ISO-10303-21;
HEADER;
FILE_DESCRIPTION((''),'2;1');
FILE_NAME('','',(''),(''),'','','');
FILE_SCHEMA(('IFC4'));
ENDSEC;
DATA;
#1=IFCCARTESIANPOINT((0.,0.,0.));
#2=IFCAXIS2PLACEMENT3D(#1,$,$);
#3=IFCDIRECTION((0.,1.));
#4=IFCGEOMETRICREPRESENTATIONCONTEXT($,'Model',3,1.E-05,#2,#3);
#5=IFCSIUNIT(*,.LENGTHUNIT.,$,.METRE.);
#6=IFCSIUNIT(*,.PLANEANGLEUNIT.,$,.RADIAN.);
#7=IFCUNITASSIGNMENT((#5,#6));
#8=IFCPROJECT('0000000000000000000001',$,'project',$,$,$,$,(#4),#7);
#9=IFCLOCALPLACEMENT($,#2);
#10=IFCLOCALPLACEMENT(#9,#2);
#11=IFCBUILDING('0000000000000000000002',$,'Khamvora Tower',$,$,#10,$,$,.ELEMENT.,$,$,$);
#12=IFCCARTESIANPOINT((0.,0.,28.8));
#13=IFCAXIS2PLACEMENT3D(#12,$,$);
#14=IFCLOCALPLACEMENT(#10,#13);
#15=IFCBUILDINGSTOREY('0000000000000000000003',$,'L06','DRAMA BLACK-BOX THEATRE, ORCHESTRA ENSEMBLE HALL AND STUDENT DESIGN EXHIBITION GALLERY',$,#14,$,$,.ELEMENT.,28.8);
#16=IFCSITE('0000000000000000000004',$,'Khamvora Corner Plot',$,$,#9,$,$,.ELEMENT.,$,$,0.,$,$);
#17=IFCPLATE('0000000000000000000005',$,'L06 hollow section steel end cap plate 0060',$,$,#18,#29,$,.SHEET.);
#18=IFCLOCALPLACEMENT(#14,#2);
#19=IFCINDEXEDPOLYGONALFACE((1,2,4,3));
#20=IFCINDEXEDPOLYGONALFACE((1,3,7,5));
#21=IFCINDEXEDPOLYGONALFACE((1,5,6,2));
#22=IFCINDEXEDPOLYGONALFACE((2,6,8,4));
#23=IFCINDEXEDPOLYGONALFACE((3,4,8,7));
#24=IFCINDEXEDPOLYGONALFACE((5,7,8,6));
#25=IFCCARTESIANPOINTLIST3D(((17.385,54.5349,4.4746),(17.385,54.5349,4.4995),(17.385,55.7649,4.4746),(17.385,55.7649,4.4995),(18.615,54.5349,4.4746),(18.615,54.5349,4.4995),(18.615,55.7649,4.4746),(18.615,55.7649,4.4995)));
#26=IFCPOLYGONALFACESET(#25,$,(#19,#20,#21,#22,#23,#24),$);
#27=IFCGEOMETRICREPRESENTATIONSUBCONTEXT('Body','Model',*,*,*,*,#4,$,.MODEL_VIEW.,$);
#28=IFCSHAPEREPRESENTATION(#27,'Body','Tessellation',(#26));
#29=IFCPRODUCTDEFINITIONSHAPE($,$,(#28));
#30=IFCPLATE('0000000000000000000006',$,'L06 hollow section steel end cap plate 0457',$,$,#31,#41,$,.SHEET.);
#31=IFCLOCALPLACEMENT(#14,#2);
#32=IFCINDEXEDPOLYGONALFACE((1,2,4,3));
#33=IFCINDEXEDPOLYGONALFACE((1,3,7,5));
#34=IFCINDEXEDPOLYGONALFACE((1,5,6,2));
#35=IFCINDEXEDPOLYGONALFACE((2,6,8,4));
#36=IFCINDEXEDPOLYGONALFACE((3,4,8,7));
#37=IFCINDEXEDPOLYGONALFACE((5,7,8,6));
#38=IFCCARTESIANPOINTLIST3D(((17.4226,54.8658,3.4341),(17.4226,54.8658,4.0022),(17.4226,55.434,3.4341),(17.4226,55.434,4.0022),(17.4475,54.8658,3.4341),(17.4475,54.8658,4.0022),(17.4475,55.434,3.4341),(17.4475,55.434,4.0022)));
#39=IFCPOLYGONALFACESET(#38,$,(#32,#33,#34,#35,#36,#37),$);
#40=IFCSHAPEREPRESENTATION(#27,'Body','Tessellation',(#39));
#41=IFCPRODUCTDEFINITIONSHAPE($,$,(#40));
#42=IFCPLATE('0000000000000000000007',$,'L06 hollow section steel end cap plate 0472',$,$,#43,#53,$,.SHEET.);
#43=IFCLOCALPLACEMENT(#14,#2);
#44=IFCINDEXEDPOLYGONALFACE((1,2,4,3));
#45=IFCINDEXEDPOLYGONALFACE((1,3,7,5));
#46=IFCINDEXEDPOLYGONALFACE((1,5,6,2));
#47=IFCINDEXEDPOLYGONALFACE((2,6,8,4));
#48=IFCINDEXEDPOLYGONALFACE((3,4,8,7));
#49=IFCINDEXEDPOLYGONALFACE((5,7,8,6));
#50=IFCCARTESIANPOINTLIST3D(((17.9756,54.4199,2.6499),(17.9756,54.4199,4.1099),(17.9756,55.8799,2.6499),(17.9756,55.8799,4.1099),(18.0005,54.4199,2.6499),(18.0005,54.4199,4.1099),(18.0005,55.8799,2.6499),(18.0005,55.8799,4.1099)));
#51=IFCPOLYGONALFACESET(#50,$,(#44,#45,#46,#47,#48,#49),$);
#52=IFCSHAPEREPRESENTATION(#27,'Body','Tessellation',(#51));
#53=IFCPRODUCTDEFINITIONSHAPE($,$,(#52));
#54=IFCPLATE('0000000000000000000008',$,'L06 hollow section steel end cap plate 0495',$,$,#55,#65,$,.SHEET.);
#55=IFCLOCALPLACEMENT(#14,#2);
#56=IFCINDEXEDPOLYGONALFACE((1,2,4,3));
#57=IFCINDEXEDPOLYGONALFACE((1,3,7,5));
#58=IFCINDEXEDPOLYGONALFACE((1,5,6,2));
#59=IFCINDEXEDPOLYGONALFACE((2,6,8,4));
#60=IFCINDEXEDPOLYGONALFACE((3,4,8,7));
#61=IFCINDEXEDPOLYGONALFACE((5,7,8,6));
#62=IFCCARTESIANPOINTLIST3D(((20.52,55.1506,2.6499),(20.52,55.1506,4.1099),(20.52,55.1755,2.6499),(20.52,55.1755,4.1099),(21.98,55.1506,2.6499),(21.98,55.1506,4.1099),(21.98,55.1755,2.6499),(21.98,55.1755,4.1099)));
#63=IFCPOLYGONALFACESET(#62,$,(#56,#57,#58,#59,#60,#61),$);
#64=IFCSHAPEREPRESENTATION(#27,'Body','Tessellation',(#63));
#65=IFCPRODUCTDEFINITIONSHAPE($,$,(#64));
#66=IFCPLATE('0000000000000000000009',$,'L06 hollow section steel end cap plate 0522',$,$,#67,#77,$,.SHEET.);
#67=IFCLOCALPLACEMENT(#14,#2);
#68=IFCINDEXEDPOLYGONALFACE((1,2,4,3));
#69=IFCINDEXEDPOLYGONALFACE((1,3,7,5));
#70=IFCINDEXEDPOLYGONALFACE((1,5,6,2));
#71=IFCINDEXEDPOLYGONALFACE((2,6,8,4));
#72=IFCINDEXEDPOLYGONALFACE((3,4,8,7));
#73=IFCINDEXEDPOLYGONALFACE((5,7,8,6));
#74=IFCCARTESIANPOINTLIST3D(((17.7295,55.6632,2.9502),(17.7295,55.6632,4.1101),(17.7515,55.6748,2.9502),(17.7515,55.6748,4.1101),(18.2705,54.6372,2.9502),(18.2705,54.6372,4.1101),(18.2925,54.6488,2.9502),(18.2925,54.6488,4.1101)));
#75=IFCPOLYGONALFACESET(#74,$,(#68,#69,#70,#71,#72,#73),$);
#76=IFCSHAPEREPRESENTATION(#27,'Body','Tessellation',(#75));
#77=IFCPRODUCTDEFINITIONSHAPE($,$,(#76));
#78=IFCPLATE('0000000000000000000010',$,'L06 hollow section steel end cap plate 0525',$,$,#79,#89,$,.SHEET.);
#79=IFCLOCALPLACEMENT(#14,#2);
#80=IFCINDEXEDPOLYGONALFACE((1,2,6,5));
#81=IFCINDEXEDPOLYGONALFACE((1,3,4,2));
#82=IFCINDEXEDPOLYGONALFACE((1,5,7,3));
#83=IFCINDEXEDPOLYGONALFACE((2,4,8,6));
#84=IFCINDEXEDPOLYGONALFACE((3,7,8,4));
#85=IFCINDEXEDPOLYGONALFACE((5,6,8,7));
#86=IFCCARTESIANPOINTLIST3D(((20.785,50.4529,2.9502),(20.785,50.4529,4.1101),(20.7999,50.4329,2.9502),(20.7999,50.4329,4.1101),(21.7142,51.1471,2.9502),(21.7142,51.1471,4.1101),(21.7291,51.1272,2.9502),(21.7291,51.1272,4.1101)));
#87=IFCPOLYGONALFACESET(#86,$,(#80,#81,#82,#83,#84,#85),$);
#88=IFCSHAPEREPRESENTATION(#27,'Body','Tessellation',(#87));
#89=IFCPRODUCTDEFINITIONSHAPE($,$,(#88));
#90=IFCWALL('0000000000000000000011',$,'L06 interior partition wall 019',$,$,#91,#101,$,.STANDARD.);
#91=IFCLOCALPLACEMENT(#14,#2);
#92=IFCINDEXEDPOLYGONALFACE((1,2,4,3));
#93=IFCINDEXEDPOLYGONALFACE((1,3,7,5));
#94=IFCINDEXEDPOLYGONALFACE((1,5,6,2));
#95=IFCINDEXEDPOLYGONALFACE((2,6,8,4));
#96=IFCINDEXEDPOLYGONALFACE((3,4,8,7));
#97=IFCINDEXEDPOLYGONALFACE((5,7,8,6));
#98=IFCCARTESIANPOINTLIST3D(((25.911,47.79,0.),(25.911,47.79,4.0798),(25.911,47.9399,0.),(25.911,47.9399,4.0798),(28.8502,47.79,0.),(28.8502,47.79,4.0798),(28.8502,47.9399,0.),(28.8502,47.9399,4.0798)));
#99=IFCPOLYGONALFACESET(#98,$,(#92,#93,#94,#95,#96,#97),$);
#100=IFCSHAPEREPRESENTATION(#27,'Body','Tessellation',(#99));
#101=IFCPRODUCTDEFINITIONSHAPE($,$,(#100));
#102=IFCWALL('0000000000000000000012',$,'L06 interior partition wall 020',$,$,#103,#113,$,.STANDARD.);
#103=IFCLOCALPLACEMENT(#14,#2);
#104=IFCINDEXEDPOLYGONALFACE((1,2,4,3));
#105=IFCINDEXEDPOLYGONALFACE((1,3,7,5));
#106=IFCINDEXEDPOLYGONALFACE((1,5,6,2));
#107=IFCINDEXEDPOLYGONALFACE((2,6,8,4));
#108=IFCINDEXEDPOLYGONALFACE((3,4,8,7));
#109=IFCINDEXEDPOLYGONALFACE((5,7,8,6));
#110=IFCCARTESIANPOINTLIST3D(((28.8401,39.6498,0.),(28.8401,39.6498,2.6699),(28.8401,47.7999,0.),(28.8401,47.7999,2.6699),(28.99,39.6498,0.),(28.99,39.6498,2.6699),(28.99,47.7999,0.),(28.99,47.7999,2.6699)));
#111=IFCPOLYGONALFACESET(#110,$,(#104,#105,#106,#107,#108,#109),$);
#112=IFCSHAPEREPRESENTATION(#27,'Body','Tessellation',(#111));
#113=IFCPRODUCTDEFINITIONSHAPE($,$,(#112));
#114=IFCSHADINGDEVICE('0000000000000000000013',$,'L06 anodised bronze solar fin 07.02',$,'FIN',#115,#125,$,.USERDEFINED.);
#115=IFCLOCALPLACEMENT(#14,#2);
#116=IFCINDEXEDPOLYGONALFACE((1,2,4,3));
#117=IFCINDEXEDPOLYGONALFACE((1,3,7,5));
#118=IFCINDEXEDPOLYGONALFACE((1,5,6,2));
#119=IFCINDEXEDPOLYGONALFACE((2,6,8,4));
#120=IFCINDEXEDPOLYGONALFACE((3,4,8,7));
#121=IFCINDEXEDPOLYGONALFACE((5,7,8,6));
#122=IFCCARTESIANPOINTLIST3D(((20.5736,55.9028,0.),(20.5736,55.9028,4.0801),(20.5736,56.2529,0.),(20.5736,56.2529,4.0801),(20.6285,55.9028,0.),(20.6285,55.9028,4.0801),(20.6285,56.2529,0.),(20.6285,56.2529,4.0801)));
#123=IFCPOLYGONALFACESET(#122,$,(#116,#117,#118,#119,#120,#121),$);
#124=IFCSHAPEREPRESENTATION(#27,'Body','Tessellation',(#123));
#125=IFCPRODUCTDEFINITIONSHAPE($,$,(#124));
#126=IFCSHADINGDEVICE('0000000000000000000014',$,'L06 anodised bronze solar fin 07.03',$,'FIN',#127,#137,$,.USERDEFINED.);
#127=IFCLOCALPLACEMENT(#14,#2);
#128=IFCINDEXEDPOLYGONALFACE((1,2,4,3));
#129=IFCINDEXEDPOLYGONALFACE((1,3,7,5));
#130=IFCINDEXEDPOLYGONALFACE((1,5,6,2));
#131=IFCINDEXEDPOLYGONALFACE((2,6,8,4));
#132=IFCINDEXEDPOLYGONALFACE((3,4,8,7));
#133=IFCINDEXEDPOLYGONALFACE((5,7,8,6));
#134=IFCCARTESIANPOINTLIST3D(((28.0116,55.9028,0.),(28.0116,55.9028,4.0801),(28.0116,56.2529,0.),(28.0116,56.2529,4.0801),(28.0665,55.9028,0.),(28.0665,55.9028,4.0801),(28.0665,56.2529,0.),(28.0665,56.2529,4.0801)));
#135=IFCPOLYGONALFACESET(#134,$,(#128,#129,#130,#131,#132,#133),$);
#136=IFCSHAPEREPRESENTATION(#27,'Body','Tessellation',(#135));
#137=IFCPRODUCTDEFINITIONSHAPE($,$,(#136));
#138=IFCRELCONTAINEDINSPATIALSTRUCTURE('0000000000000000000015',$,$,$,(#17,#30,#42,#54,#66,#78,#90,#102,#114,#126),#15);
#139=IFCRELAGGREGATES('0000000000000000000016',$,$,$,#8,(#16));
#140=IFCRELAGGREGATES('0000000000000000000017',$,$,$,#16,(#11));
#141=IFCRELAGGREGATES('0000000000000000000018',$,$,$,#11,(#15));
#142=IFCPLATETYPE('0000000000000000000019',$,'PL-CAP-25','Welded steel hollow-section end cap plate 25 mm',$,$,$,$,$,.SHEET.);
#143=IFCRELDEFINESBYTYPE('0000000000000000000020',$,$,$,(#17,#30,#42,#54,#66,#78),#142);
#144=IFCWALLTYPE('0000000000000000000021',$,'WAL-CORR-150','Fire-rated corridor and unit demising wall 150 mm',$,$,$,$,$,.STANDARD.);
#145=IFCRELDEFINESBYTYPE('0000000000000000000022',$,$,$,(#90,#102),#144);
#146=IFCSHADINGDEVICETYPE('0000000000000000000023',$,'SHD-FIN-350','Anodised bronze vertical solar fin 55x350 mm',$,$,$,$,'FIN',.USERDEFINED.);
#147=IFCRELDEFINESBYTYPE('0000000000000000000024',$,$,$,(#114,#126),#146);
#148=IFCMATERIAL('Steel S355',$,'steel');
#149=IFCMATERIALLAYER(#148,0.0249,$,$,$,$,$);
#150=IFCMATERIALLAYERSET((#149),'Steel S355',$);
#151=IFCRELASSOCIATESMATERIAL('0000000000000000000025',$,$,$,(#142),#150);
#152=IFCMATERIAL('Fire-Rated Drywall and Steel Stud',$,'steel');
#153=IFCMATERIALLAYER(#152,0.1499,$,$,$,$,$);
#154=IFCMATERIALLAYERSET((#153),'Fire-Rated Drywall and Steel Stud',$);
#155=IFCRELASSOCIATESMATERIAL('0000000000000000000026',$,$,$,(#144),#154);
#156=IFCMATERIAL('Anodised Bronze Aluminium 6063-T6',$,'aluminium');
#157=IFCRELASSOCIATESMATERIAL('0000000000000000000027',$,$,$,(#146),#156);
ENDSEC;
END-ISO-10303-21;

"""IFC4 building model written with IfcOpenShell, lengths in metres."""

from ifc_helpers import new_model, si_unit, direction, frame, frame_2d, origin, origin_2d, place, context, subcontext, project, spatial, rectangle, extrude, material, layer, layer_set, type_object, element, save


model = new_model("IFC4")

# Units and contexts
model_context = context("Model", 3, precision=1e-05, world=origin(), true_north=direction((0.0, 1.0)))
body_context = subcontext(model_context, "Body", "Model", "MODEL_VIEW")
ifc_project = project(units=[si_unit("LENGTHUNIT", "METRE"), si_unit("PLANEANGLEUNIT", "RADIAN")], contexts=[model_context])

# Site, building, storey
site_placement = place(None, origin())
site = spatial("IfcSite", under=ifc_project, at=site_placement, Name="Khamvora Corner Plot", CompositionType="ELEMENT", RefElevation=0.0)
building_placement = place(site_placement, origin())
building = spatial("IfcBuilding", under=site, at=building_placement, Name="Khamvora Tower", CompositionType="ELEMENT")
storey_placement = place(building_placement, frame((0.0, 0.0, 28.8)))
storey = spatial("IfcBuildingStorey", under=building, at=storey_placement, Name="L06", Description="DRAMA BLACK-BOX THEATRE, ORCHESTRA ENSEMBLE HALL AND STUDENT DESIGN EXHIBITION GALLERY", CompositionType="ELEMENT", Elevation=28.8)

# Plates
ifc_material_1 = material(Name="Steel S355", Category="steel")
ifc_layer_1 = layer(ifc_material_1, 0.0249)
ifc_layer_set_1 = layer_set([ifc_layer_1], Name="Steel S355")
plate_type_1 = type_object("IfcPlateType", Name="PL-CAP-25", Description="Welded steel hollow-section end cap plate 25 mm", PredefinedType="SHEET", material=ifc_layer_set_1)
plate_1_placement = place(storey_placement, frame((18.0, 55.1499, 4.4746), z_axis=(0.0, 0.0, 1.0), x_axis=(1.0, 0.0, 0.0)))
element("IfcPlate", 1, at=plate_1_placement, inside=storey, type_object=plate_type_1, Name="L06 hollow section steel end cap plate 0060", PredefinedType="SHEET", context=body_context, shape_type="SweptSolid", body=[
    extrude(rectangle(XDim=1.23, YDim=1.23, at=origin_2d()), origin(), (0.0, 0.0, 1.0), 0.0249),
])
plate_2_placement = place(storey_placement, frame((17.4351, 55.1499, 3.4341), z_axis=(0.0, 0.0, 1.0), x_axis=(1.0, 0.0, 0.0)))
element("IfcPlate", 2, at=plate_2_placement, inside=storey, type_object=plate_type_1, Name="L06 hollow section steel end cap plate 0457", PredefinedType="SHEET", context=body_context, shape_type="SweptSolid", body=[
    extrude(rectangle(XDim=0.0249, YDim=0.5681, at=origin_2d()), origin(), (0.0, 0.0, 1.0), 0.5681),
])
for number, where, z_axis, x_axis, name in (
    (3, (17.988, 55.1499, 2.6499), (0.0, 0.0, 1.0), (-1.0, 0.0, 0.0), "L06 hollow section steel end cap plate 0472"),
    (4, (21.25, 55.1631, 2.6499), (0.0, 0.0, 1.0), (0.0, 1.0, 0.0), "L06 hollow section steel end cap plate 0495"),
):
    element("IfcPlate", number, at=place(storey_placement, frame(where, z_axis=z_axis, x_axis=x_axis)), inside=storey, type_object=plate_type_1, Name=name, PredefinedType="SHEET", context=body_context, shape_type="SweptSolid", body=[
        extrude(rectangle(XDim=0.0249, YDim=1.46, at=origin_2d()), origin(), (0.0, 0.0, 1.0), 1.46),
    ])
for number, where, z_axis, x_axis, name in (
    (5, (18.011, 55.156, 2.9502), (0.0, 0.0, 1.0), (-0.884573, -0.466402, 0.0), "L06 hollow section steel end cap plate 0522"),
    (6, (21.2571, 50.79, 2.9502), (0.0, 0.0, 1.0), (0.59852, -0.801108, 0.0), "L06 hollow section steel end cap plate 0525"),
):
    element("IfcPlate", number, at=place(storey_placement, frame(where, z_axis=z_axis, x_axis=x_axis)), inside=storey, type_object=plate_type_1, Name=name, PredefinedType="SHEET", context=body_context, shape_type="SweptSolid", body=[
        extrude(rectangle(XDim=0.0249, YDim=1.1599, at=origin_2d()), origin(), (0.0, 0.0, 1.0), 1.1599),
    ])

# Walls
ifc_material_2 = material(Name="Fire-Rated Drywall and Steel Stud", Category="steel")
ifc_layer_2 = layer(ifc_material_2, 0.1499)
ifc_layer_set_2 = layer_set([ifc_layer_2], Name="Fire-Rated Drywall and Steel Stud")
wall_type = type_object("IfcWallType", Name="WAL-CORR-150", Description="Fire-rated corridor and unit demising wall 150 mm", PredefinedType="STANDARD", material=ifc_layer_set_2)
wall_1_placement = place(storey_placement, frame((25.9109, 47.865, 0.0), z_axis=(0.0, 0.0, 1.0), x_axis=(1.0, 0.0, 0.0)))
element("IfcWall", 7, at=wall_1_placement, inside=storey, type_object=wall_type, Name="L06 interior partition wall 019", PredefinedType="STANDARD", context=body_context, shape_type="SweptSolid", body=[
    extrude(rectangle(XDim=2.9392, YDim=0.1499, at=frame_2d((1.4697, 0.0))), origin(), (0.0, 0.0, 1.0), 4.0798),
])
wall_2_placement = place(storey_placement, frame((28.915, 47.8, 0.0), z_axis=(0.0, 0.0, 1.0), x_axis=(0.0, -1.0, 0.0)))
element("IfcWall", 8, at=wall_2_placement, inside=storey, type_object=wall_type, Name="L06 interior partition wall 020", PredefinedType="STANDARD", context=body_context, shape_type="SweptSolid", body=[
    extrude(rectangle(XDim=8.1501, YDim=0.1499, at=frame_2d((4.0752, 0.0))), origin(), (0.0, 0.0, 1.0), 2.6699),
])

# Shading devices
ifc_material_3 = material(Name="Anodised Bronze Aluminium 6063-T6", Category="aluminium")
shading_device_type = type_object("IfcShadingDeviceType", Name="SHD-FIN-350", Description="Anodised bronze vertical solar fin 55x350 mm", ElementType="FIN", PredefinedType="USERDEFINED", material=ifc_material_3)
for number, where, z_axis, x_axis, name in (
    (9, (20.6011, 56.0779, 0.0), (0.0, 0.0, 1.0), (1.0, 0.0, 0.0), "L06 anodised bronze solar fin 07.02"),
    (10, (28.0391, 56.0779, 0.0), (0.0, 0.0, 1.0), (1.0, 0.0, 0.0), "L06 anodised bronze solar fin 07.03"),
):
    element("IfcShadingDevice", number, at=place(storey_placement, frame(where, z_axis=z_axis, x_axis=x_axis)), inside=storey, type_object=shading_device_type, Name=name, ObjectType="FIN", PredefinedType="USERDEFINED", context=body_context, shape_type="SweptSolid", body=[
        extrude(rectangle(XDim=0.0549, YDim=0.3501, at=origin_2d()), origin(), (0.0, 0.0, 1.0), 4.0801),
    ])

save(model, "model.ifc")
